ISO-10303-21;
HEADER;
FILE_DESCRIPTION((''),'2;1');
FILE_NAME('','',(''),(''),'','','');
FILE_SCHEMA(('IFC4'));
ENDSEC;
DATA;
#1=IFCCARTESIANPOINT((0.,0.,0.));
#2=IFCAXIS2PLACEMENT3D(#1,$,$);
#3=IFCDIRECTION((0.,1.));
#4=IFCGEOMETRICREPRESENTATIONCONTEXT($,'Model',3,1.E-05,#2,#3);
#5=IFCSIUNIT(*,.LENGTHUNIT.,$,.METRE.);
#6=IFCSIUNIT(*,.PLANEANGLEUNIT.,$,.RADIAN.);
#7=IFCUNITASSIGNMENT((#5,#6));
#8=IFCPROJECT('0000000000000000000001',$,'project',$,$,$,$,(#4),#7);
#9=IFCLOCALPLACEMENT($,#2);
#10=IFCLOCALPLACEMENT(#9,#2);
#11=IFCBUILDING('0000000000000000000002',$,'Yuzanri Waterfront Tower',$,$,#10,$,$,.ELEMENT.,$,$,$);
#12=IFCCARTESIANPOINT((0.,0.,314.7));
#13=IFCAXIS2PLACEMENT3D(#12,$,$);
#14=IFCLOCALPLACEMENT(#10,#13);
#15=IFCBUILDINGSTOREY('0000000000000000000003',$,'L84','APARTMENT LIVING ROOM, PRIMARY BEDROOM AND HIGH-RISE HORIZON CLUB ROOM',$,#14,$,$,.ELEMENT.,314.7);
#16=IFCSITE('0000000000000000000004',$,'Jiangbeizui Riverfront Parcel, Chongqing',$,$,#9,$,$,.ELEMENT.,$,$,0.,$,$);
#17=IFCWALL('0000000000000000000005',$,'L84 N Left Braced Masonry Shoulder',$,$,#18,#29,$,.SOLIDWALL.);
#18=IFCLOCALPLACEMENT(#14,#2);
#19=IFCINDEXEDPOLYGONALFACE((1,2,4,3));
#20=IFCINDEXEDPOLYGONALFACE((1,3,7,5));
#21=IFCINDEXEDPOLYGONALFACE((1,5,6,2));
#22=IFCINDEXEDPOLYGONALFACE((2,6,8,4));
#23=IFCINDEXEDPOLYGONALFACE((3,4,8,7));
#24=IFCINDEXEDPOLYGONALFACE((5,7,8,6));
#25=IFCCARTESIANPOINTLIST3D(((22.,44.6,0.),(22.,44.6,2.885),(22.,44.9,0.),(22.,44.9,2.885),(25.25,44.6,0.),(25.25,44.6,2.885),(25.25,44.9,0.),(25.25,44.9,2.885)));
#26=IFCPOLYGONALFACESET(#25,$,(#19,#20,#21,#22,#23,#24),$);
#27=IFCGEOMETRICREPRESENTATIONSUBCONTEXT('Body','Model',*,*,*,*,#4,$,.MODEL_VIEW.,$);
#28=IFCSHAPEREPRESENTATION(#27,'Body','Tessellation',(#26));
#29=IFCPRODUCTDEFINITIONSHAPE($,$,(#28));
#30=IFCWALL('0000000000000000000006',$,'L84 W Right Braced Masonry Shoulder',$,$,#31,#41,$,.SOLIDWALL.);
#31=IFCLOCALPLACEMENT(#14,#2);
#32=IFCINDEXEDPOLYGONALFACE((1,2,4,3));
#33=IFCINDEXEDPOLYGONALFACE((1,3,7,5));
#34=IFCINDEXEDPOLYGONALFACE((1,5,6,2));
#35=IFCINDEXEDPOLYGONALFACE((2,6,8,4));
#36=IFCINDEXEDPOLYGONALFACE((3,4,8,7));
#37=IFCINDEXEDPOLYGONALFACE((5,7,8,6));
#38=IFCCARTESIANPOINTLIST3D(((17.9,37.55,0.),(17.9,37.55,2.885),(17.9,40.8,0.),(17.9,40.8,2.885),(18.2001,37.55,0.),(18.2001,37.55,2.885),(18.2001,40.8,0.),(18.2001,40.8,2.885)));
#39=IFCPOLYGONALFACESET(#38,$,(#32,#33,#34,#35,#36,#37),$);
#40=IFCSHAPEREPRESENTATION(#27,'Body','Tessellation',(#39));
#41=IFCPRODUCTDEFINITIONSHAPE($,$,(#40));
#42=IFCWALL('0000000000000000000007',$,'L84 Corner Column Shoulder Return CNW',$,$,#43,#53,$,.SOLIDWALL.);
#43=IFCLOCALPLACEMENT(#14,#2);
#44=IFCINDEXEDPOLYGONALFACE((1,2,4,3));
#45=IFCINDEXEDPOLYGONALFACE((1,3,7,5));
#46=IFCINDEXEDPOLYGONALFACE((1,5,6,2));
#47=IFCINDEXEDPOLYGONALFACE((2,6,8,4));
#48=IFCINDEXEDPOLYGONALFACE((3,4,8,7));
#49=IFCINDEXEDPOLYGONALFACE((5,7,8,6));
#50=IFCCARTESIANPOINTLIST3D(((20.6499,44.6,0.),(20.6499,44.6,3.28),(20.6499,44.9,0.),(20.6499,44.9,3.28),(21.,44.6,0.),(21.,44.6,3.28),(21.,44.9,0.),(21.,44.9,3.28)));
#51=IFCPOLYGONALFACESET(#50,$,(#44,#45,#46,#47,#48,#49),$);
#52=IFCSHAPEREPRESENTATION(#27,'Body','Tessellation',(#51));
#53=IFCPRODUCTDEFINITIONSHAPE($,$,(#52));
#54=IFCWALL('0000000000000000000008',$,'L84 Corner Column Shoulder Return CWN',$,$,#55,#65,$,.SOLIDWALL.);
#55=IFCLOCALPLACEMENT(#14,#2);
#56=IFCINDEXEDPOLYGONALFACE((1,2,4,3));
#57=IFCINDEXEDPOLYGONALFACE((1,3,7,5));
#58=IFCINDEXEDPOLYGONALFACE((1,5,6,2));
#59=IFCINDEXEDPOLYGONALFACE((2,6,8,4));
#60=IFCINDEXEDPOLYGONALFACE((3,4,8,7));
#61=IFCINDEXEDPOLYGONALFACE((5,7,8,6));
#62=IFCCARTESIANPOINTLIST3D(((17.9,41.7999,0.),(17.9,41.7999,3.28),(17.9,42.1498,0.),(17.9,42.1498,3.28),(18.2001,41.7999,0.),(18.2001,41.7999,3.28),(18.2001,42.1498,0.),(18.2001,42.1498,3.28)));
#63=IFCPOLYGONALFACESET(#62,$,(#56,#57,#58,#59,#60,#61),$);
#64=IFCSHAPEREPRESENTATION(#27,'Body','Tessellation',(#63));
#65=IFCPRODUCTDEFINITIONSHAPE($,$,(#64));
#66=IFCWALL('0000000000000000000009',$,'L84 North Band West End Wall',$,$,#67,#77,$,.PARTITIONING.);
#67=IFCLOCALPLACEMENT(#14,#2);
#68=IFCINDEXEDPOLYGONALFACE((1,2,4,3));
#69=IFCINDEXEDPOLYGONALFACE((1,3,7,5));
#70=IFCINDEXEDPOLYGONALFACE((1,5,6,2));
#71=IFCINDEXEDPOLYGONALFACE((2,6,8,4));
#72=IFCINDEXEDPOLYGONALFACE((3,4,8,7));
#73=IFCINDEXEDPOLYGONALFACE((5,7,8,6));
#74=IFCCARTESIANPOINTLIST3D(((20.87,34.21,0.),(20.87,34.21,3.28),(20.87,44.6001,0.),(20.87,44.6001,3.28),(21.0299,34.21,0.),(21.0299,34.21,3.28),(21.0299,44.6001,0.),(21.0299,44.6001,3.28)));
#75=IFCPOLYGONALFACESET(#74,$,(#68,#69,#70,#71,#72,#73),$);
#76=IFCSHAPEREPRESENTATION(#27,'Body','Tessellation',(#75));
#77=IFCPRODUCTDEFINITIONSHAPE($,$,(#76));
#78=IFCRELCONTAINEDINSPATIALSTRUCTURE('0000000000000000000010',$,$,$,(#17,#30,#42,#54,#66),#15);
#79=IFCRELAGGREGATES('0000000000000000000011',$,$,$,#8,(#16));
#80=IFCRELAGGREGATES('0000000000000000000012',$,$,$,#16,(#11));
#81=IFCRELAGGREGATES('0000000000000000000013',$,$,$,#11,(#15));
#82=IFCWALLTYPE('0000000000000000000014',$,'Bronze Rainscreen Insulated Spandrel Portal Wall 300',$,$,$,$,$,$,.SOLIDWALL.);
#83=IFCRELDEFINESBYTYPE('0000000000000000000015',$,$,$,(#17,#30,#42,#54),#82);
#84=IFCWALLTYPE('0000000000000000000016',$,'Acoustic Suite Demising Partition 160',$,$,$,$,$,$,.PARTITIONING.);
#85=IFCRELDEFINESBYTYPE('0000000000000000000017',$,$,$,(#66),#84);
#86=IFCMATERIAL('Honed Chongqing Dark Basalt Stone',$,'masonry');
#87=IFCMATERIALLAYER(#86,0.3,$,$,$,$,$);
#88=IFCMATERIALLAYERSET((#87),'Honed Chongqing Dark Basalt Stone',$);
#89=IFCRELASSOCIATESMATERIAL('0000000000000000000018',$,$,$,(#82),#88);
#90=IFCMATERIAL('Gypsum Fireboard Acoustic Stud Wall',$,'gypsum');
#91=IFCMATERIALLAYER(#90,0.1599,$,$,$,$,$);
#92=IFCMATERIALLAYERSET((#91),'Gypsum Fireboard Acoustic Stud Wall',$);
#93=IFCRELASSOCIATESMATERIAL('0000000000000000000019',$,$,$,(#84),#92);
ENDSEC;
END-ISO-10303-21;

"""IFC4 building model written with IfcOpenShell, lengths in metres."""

from ifc_helpers import new_model, si_unit, direction, frame, frame_2d, origin, place, context, subcontext, project, spatial, rectangle, extrude, source, transform, mapped, material, layer, layer_set, type_object, element, save


model = new_model("IFC4")

# Units and contexts
model_context = context("Model", 3, precision=1e-05, world=origin(), true_north=direction((0.0, 1.0)))
body_context = subcontext(model_context, "Body", "Model", "MODEL_VIEW")
ifc_project = project(units=[si_unit("LENGTHUNIT", "METRE"), si_unit("PLANEANGLEUNIT", "RADIAN")], contexts=[model_context])

# Site, building, storey
site_placement = place(None, origin())
site = spatial("IfcSite", under=ifc_project, at=site_placement, Name="Jiangbeizui Riverfront Parcel, Chongqing", CompositionType="ELEMENT", RefElevation=0.0)
building_placement = place(site_placement, origin())
building = spatial("IfcBuilding", under=site, at=building_placement, Name="Yuzanri Waterfront Tower", CompositionType="ELEMENT")
storey_placement = place(building_placement, frame((0.0, 0.0, 314.7)))
storey = spatial("IfcBuildingStorey", under=building, at=storey_placement, Name="L84", Description="APARTMENT LIVING ROOM, PRIMARY BEDROOM AND HIGH-RISE HORIZON CLUB ROOM", CompositionType="ELEMENT", Elevation=314.7)

# Shared definitions
ifc_material_1 = material(Name="Honed Chongqing Dark Basalt Stone", Category="masonry")
ifc_layer_1 = layer(ifc_material_1, 0.3)
ifc_layer_set_1 = layer_set([ifc_layer_1], Name="Honed Chongqing Dark Basalt Stone")
wall_type_1 = type_object("IfcWallType", Name="Bronze Rainscreen Insulated Spandrel Portal Wall 300", PredefinedType="SOLIDWALL", material=ifc_layer_set_1)

# Walls
shared_shape_1 = source(origin(), body_context, "Body", "SweptSolid", [
    extrude(rectangle(XDim=3.25, YDim=0.3, at=frame_2d((1.625, 0.0))), origin(), (0.0, 0.0, 1.0), 2.885),
])
for number, where, z_axis, x_axis, name in (
    (1, (22.0, 44.75, 0.0), (0.0, 0.0, 1.0), (1.0, 0.0, 0.0), "L84 N Left Braced Masonry Shoulder"),
    (2, (18.05, 37.55, 0.0), (0.0, 0.0, 1.0), (0.0, 1.0, 0.0), "L84 W Right Braced Masonry Shoulder"),
):
    element("IfcWall", number, at=place(storey_placement, frame(where, z_axis=z_axis, x_axis=x_axis)), inside=storey, type_object=wall_type_1, Name=name, PredefinedType="SOLIDWALL", context=body_context, shape_type="MappedRepresentation", body=[
        mapped(shared_shape_1, transform((0.0, 0.0, 0.0), scale=1.0)),
    ])
shared_shape_2 = source(origin(), body_context, "Body", "SweptSolid", [
    extrude(rectangle(XDim=0.3501, YDim=0.3, at=frame_2d((0.175, 0.0))), origin(), (0.0, 0.0, 1.0), 3.28),
])
wall_1_placement = place(storey_placement, frame((20.6499, 44.75, 0.0), z_axis=(0.0, 0.0, 1.0), x_axis=(1.0, 0.0, 0.0)))
element("IfcWall", 3, at=wall_1_placement, inside=storey, type_object=wall_type_1, Name="L84 Corner Column Shoulder Return CNW", PredefinedType="SOLIDWALL", context=body_context, shape_type="MappedRepresentation", body=[
    mapped(shared_shape_2, transform((0.0, 0.0, 0.0), scale=1.0)),
])
shared_shape_3 = source(origin(), body_context, "Body", "SweptSolid", [
    extrude(rectangle(XDim=0.3499, YDim=0.3, at=frame_2d((0.1748, 0.0))), origin(), (0.0, 0.0, 1.0), 3.28),
])
wall_2_placement = place(storey_placement, frame((18.05, 41.8, 0.0), z_axis=(0.0, 0.0, 1.0), x_axis=(0.0, 1.0, 0.0)))
element("IfcWall", 4, at=wall_2_placement, inside=storey, type_object=wall_type_1, Name="L84 Corner Column Shoulder Return CWN", PredefinedType="SOLIDWALL", context=body_context, shape_type="MappedRepresentation", body=[
    mapped(shared_shape_3, transform((0.0, 0.0, 0.0), scale=1.0)),
])
ifc_material_2 = material(Name="Gypsum Fireboard Acoustic Stud Wall", Category="gypsum")
ifc_layer_2 = layer(ifc_material_2, 0.1599)
ifc_layer_set_2 = layer_set([ifc_layer_2], Name="Gypsum Fireboard Acoustic Stud Wall")
wall_type_2 = type_object("IfcWallType", Name="Acoustic Suite Demising Partition 160", PredefinedType="PARTITIONING", material=ifc_layer_set_2)
shared_shape_4 = source(origin(), body_context, "Body", "SweptSolid", [
    extrude(rectangle(XDim=10.3901, YDim=0.1599, at=frame_2d((5.1951, 0.0))), origin(), (0.0, 0.0, 1.0), 3.28),
])
wall_3_placement = place(storey_placement, frame((20.95, 34.21, 0.0), z_axis=(0.0, 0.0, 1.0), x_axis=(0.0, 1.0, 0.0)))
element("IfcWall", 5, at=wall_3_placement, inside=storey, type_object=wall_type_2, Name="L84 North Band West End Wall", PredefinedType="PARTITIONING", context=body_context, shape_type="MappedRepresentation", body=[
    mapped(shared_shape_4, transform((0.0, 0.0, 0.0), scale=1.0)),
])

save(model, "model.ifc")
